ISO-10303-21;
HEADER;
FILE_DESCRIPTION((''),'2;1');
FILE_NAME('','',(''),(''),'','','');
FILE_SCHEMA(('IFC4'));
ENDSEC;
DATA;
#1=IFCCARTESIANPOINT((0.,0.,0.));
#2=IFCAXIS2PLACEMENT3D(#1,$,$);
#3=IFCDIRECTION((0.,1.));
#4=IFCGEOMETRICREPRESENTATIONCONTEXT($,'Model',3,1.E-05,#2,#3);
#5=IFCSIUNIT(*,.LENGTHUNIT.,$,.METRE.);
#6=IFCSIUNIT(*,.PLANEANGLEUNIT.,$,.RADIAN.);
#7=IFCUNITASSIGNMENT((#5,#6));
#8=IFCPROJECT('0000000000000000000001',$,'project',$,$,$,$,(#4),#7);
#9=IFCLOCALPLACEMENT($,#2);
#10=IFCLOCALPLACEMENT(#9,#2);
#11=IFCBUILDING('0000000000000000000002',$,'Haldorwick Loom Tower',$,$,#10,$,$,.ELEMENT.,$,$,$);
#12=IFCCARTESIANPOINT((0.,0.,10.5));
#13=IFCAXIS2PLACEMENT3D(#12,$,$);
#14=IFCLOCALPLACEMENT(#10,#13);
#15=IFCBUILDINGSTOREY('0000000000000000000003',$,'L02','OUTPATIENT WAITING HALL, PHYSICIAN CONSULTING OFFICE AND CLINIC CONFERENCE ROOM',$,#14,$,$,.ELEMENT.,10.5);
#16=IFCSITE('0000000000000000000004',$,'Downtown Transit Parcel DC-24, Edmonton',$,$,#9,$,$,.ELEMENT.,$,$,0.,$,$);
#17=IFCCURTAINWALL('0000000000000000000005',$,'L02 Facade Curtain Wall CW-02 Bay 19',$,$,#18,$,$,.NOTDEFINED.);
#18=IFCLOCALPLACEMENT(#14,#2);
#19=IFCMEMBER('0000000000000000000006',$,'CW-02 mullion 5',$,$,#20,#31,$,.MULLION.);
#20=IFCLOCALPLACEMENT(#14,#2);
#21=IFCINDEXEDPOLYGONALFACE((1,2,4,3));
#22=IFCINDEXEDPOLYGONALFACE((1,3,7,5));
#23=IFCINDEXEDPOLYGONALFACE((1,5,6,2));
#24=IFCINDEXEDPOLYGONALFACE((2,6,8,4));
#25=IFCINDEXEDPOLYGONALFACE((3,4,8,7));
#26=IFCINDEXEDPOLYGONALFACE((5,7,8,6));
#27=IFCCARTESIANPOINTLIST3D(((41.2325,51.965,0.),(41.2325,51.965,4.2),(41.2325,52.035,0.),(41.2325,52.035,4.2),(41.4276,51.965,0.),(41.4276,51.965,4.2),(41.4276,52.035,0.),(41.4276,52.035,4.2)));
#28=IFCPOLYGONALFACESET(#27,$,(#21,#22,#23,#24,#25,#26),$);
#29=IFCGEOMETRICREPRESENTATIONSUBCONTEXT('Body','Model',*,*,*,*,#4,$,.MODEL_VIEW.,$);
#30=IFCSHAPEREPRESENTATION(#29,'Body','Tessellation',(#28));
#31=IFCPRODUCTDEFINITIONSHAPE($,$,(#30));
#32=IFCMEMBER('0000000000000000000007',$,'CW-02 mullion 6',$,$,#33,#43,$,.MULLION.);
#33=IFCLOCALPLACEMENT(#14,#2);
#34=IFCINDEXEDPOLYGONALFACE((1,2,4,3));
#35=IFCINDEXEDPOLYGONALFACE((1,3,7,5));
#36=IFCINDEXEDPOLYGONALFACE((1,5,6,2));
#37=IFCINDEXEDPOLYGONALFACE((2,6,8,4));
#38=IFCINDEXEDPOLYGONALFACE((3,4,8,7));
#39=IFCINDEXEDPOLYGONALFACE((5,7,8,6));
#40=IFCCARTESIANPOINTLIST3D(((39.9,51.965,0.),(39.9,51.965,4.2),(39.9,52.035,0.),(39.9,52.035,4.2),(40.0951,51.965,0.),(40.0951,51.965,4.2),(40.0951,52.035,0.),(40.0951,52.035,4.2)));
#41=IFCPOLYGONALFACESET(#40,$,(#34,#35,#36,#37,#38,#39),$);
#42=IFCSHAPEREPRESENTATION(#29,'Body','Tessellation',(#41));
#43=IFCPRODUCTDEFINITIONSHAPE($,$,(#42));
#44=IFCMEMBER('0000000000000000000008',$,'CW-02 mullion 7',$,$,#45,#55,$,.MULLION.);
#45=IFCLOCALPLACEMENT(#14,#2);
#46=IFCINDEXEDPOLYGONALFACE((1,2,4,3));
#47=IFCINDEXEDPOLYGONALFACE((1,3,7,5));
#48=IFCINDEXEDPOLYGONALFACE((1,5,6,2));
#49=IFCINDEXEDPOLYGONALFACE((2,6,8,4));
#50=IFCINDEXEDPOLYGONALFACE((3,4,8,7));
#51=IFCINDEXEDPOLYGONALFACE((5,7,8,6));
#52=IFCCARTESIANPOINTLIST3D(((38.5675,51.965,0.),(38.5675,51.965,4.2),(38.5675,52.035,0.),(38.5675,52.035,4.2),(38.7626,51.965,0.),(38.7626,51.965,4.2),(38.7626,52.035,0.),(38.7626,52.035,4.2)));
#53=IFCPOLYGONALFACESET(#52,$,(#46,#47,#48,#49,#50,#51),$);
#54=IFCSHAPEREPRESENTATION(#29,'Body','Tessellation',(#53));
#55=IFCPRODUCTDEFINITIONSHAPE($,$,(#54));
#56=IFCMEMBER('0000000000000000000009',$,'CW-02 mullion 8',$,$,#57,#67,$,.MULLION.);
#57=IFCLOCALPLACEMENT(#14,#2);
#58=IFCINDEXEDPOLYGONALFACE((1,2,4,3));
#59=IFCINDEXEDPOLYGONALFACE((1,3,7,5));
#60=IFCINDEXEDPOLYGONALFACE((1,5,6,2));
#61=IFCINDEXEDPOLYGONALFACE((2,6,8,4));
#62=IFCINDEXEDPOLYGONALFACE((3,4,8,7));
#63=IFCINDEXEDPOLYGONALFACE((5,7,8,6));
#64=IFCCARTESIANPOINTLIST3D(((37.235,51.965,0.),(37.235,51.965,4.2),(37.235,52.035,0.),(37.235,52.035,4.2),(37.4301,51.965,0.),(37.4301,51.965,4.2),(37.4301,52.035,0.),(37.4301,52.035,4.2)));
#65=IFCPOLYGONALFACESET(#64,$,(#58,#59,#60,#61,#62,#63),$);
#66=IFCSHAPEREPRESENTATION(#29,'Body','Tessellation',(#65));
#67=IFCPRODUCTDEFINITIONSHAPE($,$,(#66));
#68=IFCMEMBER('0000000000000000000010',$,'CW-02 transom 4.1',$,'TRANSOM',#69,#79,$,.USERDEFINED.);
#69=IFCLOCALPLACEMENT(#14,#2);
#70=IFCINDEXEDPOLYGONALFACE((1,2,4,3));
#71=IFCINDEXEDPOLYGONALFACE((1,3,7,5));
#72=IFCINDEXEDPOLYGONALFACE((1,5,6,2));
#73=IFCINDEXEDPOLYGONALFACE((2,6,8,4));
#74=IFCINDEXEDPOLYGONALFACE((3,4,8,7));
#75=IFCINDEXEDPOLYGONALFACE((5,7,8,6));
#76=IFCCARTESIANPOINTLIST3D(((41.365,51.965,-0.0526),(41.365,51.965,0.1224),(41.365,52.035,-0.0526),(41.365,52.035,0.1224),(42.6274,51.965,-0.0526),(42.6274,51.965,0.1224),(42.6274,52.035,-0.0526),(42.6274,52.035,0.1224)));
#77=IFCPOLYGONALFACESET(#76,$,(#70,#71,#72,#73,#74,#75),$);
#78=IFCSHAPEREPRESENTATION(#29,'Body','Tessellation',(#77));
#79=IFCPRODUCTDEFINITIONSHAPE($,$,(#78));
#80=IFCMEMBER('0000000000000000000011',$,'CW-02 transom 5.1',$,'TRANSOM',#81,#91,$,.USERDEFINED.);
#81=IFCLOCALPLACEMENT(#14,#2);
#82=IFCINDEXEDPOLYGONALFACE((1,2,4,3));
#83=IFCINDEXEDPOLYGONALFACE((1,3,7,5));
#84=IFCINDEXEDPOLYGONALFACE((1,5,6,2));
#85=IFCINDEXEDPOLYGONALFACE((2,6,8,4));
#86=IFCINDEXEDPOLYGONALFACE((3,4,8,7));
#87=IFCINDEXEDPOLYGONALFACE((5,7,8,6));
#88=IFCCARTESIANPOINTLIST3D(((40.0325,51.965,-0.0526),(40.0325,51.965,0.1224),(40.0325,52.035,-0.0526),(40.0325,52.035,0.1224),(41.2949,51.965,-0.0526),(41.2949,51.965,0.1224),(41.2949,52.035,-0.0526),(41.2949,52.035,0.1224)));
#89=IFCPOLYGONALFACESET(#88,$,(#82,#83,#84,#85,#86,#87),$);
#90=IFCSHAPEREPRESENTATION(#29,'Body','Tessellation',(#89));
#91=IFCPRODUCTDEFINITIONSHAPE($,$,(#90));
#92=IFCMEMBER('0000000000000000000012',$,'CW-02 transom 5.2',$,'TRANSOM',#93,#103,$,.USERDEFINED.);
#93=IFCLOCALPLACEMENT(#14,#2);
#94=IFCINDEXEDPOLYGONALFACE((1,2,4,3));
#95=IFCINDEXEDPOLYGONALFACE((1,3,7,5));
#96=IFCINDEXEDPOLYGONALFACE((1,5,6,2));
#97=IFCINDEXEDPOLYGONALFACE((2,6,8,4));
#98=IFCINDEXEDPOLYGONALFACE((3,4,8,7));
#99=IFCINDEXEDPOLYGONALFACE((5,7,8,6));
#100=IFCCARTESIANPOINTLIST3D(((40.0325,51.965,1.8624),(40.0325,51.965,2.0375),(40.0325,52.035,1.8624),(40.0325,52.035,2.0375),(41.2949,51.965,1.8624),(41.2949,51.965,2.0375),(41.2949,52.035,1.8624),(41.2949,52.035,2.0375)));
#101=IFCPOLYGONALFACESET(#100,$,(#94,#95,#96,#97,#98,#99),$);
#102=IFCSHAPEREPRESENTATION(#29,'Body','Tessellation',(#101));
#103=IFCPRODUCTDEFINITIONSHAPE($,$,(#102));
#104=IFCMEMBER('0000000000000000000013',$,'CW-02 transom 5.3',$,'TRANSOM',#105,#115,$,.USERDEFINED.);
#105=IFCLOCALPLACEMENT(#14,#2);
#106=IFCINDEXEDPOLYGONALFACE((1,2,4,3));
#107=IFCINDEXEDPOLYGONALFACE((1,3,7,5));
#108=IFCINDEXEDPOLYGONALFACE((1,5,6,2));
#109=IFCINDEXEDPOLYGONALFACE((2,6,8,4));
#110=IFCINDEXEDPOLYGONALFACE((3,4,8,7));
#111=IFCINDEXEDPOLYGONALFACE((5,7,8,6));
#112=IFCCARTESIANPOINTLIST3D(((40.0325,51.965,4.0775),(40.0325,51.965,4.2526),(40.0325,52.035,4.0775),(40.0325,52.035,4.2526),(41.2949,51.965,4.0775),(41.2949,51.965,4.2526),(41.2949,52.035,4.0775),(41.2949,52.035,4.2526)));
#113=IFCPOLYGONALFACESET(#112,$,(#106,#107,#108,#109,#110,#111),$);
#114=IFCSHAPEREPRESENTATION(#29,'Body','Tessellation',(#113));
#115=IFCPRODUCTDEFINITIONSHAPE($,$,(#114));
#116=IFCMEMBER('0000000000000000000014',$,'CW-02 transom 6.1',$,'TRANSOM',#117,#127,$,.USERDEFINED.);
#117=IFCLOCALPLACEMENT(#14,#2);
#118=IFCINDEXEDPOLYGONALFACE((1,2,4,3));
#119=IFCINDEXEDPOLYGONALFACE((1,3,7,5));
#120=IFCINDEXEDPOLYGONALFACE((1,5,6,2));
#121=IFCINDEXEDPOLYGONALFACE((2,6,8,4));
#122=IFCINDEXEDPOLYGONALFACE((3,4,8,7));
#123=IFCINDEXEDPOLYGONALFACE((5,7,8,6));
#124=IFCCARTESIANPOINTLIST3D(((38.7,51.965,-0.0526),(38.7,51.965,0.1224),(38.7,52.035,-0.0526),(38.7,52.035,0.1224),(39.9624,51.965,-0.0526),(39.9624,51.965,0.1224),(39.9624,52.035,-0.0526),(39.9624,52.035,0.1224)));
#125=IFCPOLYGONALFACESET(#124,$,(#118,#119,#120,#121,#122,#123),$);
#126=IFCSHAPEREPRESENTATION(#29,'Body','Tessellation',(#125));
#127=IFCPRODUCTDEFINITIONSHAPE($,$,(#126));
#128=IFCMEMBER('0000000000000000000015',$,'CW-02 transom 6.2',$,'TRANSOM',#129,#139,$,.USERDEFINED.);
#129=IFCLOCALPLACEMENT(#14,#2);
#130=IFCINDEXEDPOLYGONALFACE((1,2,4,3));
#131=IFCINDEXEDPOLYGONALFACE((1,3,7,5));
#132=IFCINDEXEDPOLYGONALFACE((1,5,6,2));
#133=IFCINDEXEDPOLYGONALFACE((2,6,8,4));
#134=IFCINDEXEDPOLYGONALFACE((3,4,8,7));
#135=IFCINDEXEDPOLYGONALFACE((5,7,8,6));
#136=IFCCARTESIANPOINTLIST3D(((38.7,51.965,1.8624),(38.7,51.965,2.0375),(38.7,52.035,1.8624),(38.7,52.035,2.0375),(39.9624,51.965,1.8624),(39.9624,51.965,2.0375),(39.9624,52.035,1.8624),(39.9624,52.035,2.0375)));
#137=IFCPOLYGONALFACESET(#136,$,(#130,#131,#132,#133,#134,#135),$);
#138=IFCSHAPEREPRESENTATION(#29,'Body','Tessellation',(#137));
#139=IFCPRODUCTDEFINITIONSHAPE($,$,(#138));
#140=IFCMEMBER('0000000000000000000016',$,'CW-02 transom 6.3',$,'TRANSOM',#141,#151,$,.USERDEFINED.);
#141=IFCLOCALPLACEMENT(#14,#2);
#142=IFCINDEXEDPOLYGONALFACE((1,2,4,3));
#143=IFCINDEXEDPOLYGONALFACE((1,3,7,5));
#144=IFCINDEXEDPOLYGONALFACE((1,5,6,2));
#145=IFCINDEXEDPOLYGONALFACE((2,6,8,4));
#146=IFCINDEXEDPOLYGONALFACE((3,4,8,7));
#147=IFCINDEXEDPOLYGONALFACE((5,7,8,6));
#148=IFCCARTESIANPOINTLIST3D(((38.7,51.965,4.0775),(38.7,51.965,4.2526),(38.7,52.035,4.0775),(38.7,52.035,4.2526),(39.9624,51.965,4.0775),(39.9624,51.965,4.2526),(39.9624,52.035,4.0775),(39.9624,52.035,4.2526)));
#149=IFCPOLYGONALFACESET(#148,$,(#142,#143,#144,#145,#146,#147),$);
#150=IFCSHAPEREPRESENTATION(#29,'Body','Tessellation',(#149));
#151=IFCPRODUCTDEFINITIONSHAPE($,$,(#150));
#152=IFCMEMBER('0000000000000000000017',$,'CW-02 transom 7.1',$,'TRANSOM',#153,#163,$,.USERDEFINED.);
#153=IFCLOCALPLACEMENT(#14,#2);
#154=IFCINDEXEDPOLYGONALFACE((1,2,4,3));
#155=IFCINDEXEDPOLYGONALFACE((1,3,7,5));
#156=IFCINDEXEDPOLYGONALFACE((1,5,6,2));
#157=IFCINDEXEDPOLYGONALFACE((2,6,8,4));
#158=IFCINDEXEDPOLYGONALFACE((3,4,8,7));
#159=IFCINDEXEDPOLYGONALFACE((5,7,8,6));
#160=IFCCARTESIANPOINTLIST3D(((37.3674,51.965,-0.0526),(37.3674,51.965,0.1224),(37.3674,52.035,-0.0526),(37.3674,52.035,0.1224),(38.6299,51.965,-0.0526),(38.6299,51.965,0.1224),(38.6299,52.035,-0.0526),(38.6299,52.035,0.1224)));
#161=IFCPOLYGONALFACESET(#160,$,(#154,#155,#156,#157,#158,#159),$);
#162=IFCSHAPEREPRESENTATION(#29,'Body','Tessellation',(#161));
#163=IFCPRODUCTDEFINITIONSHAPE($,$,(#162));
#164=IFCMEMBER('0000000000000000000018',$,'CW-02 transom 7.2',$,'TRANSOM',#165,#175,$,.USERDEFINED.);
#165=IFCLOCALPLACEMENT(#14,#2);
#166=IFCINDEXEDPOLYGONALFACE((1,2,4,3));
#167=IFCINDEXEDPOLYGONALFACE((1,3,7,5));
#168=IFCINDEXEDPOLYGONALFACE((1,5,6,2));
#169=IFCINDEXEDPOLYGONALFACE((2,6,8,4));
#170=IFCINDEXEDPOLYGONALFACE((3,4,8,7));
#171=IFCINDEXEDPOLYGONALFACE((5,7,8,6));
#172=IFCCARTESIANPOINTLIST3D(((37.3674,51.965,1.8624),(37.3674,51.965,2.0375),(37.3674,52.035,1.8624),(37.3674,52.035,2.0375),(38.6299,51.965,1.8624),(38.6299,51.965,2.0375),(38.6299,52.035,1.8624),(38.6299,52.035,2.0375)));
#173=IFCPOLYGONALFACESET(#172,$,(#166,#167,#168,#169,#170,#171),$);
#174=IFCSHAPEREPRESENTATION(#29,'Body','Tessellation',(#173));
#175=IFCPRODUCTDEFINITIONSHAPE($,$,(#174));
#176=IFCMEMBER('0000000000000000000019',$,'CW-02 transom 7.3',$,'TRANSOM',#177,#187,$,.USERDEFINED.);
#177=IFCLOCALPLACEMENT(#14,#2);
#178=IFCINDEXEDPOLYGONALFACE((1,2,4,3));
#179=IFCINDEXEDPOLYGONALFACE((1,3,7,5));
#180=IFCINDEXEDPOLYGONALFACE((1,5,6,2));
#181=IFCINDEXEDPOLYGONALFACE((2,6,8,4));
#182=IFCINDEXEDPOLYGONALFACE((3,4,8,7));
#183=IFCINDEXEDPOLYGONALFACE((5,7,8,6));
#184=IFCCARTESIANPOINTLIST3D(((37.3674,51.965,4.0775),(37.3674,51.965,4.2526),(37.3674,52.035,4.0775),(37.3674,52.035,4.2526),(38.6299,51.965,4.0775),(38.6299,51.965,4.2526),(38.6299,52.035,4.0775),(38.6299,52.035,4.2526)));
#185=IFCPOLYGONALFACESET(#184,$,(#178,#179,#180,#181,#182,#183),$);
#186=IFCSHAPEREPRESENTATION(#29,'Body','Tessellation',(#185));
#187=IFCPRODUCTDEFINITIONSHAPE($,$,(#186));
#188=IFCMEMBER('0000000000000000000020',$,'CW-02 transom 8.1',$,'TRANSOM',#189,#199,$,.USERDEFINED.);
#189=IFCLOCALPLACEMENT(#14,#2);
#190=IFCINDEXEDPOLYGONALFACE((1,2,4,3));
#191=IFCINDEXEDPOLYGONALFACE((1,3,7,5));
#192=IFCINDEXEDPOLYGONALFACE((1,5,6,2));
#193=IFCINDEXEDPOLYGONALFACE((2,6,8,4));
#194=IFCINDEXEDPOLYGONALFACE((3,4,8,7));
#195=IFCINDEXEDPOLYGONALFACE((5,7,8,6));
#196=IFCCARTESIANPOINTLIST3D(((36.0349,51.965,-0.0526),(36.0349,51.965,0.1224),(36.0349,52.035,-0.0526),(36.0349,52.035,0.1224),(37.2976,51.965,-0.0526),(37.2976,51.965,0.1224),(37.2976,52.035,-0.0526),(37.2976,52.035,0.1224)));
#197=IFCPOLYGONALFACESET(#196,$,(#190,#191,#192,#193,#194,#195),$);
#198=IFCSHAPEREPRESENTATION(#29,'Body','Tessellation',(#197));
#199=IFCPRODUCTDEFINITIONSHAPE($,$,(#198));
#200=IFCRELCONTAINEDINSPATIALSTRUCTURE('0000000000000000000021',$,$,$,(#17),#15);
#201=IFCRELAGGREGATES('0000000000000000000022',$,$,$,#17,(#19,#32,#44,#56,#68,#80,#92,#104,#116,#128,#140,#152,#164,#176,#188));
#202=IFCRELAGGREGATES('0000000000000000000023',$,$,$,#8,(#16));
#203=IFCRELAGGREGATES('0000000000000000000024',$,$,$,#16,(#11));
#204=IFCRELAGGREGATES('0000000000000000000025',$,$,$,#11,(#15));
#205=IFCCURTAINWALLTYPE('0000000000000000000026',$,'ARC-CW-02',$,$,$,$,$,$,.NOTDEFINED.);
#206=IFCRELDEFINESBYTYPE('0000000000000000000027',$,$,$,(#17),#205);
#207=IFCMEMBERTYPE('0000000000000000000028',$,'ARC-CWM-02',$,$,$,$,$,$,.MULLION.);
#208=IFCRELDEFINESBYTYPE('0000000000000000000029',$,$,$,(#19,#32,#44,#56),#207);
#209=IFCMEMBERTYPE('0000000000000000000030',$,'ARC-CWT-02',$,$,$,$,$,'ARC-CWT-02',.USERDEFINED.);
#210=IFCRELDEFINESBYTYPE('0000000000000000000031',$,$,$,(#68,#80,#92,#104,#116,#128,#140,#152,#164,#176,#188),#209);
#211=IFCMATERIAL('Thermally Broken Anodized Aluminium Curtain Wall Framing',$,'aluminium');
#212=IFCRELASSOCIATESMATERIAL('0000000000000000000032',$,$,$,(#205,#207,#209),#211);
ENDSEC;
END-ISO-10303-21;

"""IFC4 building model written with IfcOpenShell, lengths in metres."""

from ifc_helpers import new_model, si_unit, direction, frame, origin, origin_2d, place, context, subcontext, project, spatial, rectangle, extrude, material, material_profile, profile_set, type_object, element, aggregate, save


model = new_model("IFC4")

# Units and contexts
model_context = context("Model", 3, precision=1e-05, world=origin(), true_north=direction((0.0, 1.0)))
body_context = subcontext(model_context, "Body", "Model", "MODEL_VIEW")
ifc_project = project(units=[si_unit("LENGTHUNIT", "METRE"), si_unit("PLANEANGLEUNIT", "RADIAN")], contexts=[model_context])

# Site, building, storey
site_placement = place(None, origin())
site = spatial("IfcSite", under=ifc_project, at=site_placement, Name="Downtown Transit Parcel DC-24, Edmonton", CompositionType="ELEMENT", RefElevation=0.0)
building_placement = place(site_placement, origin())
building = spatial("IfcBuilding", under=site, at=building_placement, Name="Haldorwick Loom Tower", CompositionType="ELEMENT")
storey_placement = place(building_placement, frame((0.0, 0.0, 10.5)))
storey = spatial("IfcBuildingStorey", under=building, at=storey_placement, Name="L02", Description="OUTPATIENT WAITING HALL, PHYSICIAN CONSULTING OFFICE AND CLINIC CONFERENCE ROOM", CompositionType="ELEMENT", Elevation=10.5)

# Curtain wall, members
ifc_material_1 = material(Name="Thermally Broken Anodized Aluminium Curtain Wall Framing", Category="aluminium")
curtain_wall_type = type_object("IfcCurtainWallType", Name="ARC-CW-02", PredefinedType="NOTDEFINED", material=ifc_material_1)
curtain_wall_placement = place(storey_placement, origin())
curtain_wall = element("IfcCurtainWall", 1, at=curtain_wall_placement, inside=storey, type_object=curtain_wall_type, Name="L02 Facade Curtain Wall CW-02 Bay 19", PredefinedType="NOTDEFINED")
ifc_material_profile_1 = material_profile(ifc_material_1, rectangle(XDim=0.0701, YDim=0.1951, at=origin_2d()), Name="ALU_MUL_70X195", Category="aluminium")
ifc_profile_set_1 = profile_set([ifc_material_profile_1], Name="Thermally Broken Anodized Aluminium Curtain Wall Framing")
member_type_1 = type_object("IfcMemberType", Name="ARC-CWM-02", PredefinedType="MULLION", material=ifc_profile_set_1)
member_1_placement = place(storey_placement, frame((41.3301, 52.0, 0.0), z_axis=(0.0, 0.0, 1.0), x_axis=(0.0, -1.0, 0.0)))
member_1 = element("IfcMember", 2, at=member_1_placement, type_object=member_type_1, Name="CW-02 mullion 5", PredefinedType="MULLION", context=body_context, shape_type="SweptSolid", body=[
    extrude(rectangle(XDim=0.0701, YDim=0.1951, at=origin_2d()), origin(), (0.0, 0.0, 1.0), 4.2),
])
member_2_placement = place(storey_placement, frame((39.9976, 52.0, 0.0), z_axis=(0.0, 0.0, 1.0), x_axis=(0.0, -1.0, 0.0)))
member_2 = element("IfcMember", 3, at=member_2_placement, type_object=member_type_1, Name="CW-02 mullion 6", PredefinedType="MULLION", context=body_context, shape_type="SweptSolid", body=[
    extrude(rectangle(XDim=0.0701, YDim=0.1951, at=origin_2d()), origin(), (0.0, 0.0, 1.0), 4.2),
])
member_3_placement = place(storey_placement, frame((38.665, 52.0, 0.0), z_axis=(0.0, 0.0, 1.0), x_axis=(0.0, -1.0, 0.0)))
member_3 = element("IfcMember", 4, at=member_3_placement, type_object=member_type_1, Name="CW-02 mullion 7", PredefinedType="MULLION", context=body_context, shape_type="SweptSolid", body=[
    extrude(rectangle(XDim=0.0701, YDim=0.1951, at=origin_2d()), origin(), (0.0, 0.0, 1.0), 4.2),
])
member_4_placement = place(storey_placement, frame((37.3325, 52.0, 0.0), z_axis=(0.0, 0.0, 1.0), x_axis=(0.0, -1.0, 0.0)))
member_4 = element("IfcMember", 5, at=member_4_placement, type_object=member_type_1, Name="CW-02 mullion 8", PredefinedType="MULLION", context=body_context, shape_type="SweptSolid", body=[
    extrude(rectangle(XDim=0.0701, YDim=0.1951, at=origin_2d()), origin(), (0.0, 0.0, 1.0), 4.2),
])
ifc_material_profile_2 = material_profile(ifc_material_1, rectangle(XDim=0.0701, YDim=0.175, at=origin_2d()), Name="ALU_TRN_70X175", Category="aluminium")
ifc_profile_set_2 = profile_set([ifc_material_profile_2], Name="Thermally Broken Anodized Aluminium Curtain Wall Framing")
member_type_2 = type_object("IfcMemberType", Name="ARC-CWT-02", ElementType="ARC-CWT-02", PredefinedType="USERDEFINED", material=ifc_profile_set_2)
member_5_placement = place(storey_placement, frame((42.6274, 52.0, 0.0349), z_axis=(-1.0, 0.0, 0.0), x_axis=(0.0, -1.0, 0.0)))
member_5 = element("IfcMember", 6, at=member_5_placement, type_object=member_type_2, Name="CW-02 transom 4.1", ObjectType="TRANSOM", PredefinedType="USERDEFINED", context=body_context, shape_type="SweptSolid", body=[
    extrude(rectangle(XDim=0.0701, YDim=0.175, at=origin_2d()), origin(), (0.0, 0.0, 1.0), 1.2625),
])
member_6_placement = place(storey_placement, frame((41.2949, 52.0, 0.0349), z_axis=(-1.0, 0.0, 0.0), x_axis=(0.0, -1.0, 0.0)))
member_6 = element("IfcMember", 7, at=member_6_placement, type_object=member_type_2, Name="CW-02 transom 5.1", ObjectType="TRANSOM", PredefinedType="USERDEFINED", context=body_context, shape_type="SweptSolid", body=[
    extrude(rectangle(XDim=0.0701, YDim=0.175, at=origin_2d()), origin(), (0.0, 0.0, 1.0), 1.2625),
])
member_7_placement = place(storey_placement, frame((41.2949, 52.0, 1.95), z_axis=(-1.0, 0.0, 0.0), x_axis=(0.0, -1.0, 0.0)))
member_7 = element("IfcMember", 8, at=member_7_placement, type_object=member_type_2, Name="CW-02 transom 5.2", ObjectType="TRANSOM", PredefinedType="USERDEFINED", context=body_context, shape_type="SweptSolid", body=[
    extrude(rectangle(XDim=0.0701, YDim=0.175, at=origin_2d()), origin(), (0.0, 0.0, 1.0), 1.2625),
])
member_8_placement = place(storey_placement, frame((41.2949, 52.0, 4.165), z_axis=(-1.0, 0.0, 0.0), x_axis=(0.0, -1.0, 0.0)))
member_8 = element("IfcMember", 9, at=member_8_placement, type_object=member_type_2, Name="CW-02 transom 5.3", ObjectType="TRANSOM", PredefinedType="USERDEFINED", context=body_context, shape_type="SweptSolid", body=[
    extrude(rectangle(XDim=0.0701, YDim=0.175, at=origin_2d()), origin(), (0.0, 0.0, 1.0), 1.2625),
])
member_9_placement = place(storey_placement, frame((39.9624, 52.0, 0.0349), z_axis=(-1.0, 0.0, 0.0), x_axis=(0.0, -1.0, 0.0)))
member_9 = element("IfcMember", 10, at=member_9_placement, type_object=member_type_2, Name="CW-02 transom 6.1", ObjectType="TRANSOM", PredefinedType="USERDEFINED", context=body_context, shape_type="SweptSolid", body=[
    extrude(rectangle(XDim=0.0701, YDim=0.175, at=origin_2d()), origin(), (0.0, 0.0, 1.0), 1.2625),
])
member_10_placement = place(storey_placement, frame((39.9624, 52.0, 1.95), z_axis=(-1.0, 0.0, 0.0), x_axis=(0.0, -1.0, 0.0)))
member_10 = element("IfcMember", 11, at=member_10_placement, type_object=member_type_2, Name="CW-02 transom 6.2", ObjectType="TRANSOM", PredefinedType="USERDEFINED", context=body_context, shape_type="SweptSolid", body=[
    extrude(rectangle(XDim=0.0701, YDim=0.175, at=origin_2d()), origin(), (0.0, 0.0, 1.0), 1.2625),
])
member_11_placement = place(storey_placement, frame((39.9624, 52.0, 4.165), z_axis=(-1.0, 0.0, 0.0), x_axis=(0.0, -1.0, 0.0)))
member_11 = element("IfcMember", 12, at=member_11_placement, type_object=member_type_2, Name="CW-02 transom 6.3", ObjectType="TRANSOM", PredefinedType="USERDEFINED", context=body_context, shape_type="SweptSolid", body=[
    extrude(rectangle(XDim=0.0701, YDim=0.175, at=origin_2d()), origin(), (0.0, 0.0, 1.0), 1.2625),
])
member_12_placement = place(storey_placement, frame((38.6299, 52.0, 0.0349), z_axis=(-1.0, 0.0, 0.0), x_axis=(0.0, -1.0, 0.0)))
member_12 = element("IfcMember", 13, at=member_12_placement, type_object=member_type_2, Name="CW-02 transom 7.1", ObjectType="TRANSOM", PredefinedType="USERDEFINED", context=body_context, shape_type="SweptSolid", body=[
    extrude(rectangle(XDim=0.0701, YDim=0.175, at=origin_2d()), origin(), (0.0, 0.0, 1.0), 1.2625),
])
member_13_placement = place(storey_placement, frame((38.6299, 52.0, 1.95), z_axis=(-1.0, 0.0, 0.0), x_axis=(0.0, -1.0, 0.0)))
member_13 = element("IfcMember", 14, at=member_13_placement, type_object=member_type_2, Name="CW-02 transom 7.2", ObjectType="TRANSOM", PredefinedType="USERDEFINED", context=body_context, shape_type="SweptSolid", body=[
    extrude(rectangle(XDim=0.0701, YDim=0.175, at=origin_2d()), origin(), (0.0, 0.0, 1.0), 1.2625),
])
member_14_placement = place(storey_placement, frame((38.6299, 52.0, 4.165), z_axis=(-1.0, 0.0, 0.0), x_axis=(0.0, -1.0, 0.0)))
member_14 = element("IfcMember", 15, at=member_14_placement, type_object=member_type_2, Name="CW-02 transom 7.3", ObjectType="TRANSOM", PredefinedType="USERDEFINED", context=body_context, shape_type="SweptSolid", body=[
    extrude(rectangle(XDim=0.0701, YDim=0.175, at=origin_2d()), origin(), (0.0, 0.0, 1.0), 1.2625),
])
member_15_placement = place(storey_placement, frame((37.2976, 52.0, 0.0349), z_axis=(-1.0, 0.0, 0.0), x_axis=(0.0, -1.0, 0.0)))
member_15 = element("IfcMember", 16, at=member_15_placement, type_object=member_type_2, Name="CW-02 transom 8.1", ObjectType="TRANSOM", PredefinedType="USERDEFINED", context=body_context, shape_type="SweptSolid", body=[
    extrude(rectangle(XDim=0.0701, YDim=0.175, at=origin_2d()), origin(), (0.0, 0.0, 1.0), 1.2627),
])
aggregate(curtain_wall, [member_1, member_2, member_3, member_4, member_5, member_6, member_7, member_8, member_9, member_10, member_11, member_12, member_13, member_14, member_15])

save(model, "model.ifc")
